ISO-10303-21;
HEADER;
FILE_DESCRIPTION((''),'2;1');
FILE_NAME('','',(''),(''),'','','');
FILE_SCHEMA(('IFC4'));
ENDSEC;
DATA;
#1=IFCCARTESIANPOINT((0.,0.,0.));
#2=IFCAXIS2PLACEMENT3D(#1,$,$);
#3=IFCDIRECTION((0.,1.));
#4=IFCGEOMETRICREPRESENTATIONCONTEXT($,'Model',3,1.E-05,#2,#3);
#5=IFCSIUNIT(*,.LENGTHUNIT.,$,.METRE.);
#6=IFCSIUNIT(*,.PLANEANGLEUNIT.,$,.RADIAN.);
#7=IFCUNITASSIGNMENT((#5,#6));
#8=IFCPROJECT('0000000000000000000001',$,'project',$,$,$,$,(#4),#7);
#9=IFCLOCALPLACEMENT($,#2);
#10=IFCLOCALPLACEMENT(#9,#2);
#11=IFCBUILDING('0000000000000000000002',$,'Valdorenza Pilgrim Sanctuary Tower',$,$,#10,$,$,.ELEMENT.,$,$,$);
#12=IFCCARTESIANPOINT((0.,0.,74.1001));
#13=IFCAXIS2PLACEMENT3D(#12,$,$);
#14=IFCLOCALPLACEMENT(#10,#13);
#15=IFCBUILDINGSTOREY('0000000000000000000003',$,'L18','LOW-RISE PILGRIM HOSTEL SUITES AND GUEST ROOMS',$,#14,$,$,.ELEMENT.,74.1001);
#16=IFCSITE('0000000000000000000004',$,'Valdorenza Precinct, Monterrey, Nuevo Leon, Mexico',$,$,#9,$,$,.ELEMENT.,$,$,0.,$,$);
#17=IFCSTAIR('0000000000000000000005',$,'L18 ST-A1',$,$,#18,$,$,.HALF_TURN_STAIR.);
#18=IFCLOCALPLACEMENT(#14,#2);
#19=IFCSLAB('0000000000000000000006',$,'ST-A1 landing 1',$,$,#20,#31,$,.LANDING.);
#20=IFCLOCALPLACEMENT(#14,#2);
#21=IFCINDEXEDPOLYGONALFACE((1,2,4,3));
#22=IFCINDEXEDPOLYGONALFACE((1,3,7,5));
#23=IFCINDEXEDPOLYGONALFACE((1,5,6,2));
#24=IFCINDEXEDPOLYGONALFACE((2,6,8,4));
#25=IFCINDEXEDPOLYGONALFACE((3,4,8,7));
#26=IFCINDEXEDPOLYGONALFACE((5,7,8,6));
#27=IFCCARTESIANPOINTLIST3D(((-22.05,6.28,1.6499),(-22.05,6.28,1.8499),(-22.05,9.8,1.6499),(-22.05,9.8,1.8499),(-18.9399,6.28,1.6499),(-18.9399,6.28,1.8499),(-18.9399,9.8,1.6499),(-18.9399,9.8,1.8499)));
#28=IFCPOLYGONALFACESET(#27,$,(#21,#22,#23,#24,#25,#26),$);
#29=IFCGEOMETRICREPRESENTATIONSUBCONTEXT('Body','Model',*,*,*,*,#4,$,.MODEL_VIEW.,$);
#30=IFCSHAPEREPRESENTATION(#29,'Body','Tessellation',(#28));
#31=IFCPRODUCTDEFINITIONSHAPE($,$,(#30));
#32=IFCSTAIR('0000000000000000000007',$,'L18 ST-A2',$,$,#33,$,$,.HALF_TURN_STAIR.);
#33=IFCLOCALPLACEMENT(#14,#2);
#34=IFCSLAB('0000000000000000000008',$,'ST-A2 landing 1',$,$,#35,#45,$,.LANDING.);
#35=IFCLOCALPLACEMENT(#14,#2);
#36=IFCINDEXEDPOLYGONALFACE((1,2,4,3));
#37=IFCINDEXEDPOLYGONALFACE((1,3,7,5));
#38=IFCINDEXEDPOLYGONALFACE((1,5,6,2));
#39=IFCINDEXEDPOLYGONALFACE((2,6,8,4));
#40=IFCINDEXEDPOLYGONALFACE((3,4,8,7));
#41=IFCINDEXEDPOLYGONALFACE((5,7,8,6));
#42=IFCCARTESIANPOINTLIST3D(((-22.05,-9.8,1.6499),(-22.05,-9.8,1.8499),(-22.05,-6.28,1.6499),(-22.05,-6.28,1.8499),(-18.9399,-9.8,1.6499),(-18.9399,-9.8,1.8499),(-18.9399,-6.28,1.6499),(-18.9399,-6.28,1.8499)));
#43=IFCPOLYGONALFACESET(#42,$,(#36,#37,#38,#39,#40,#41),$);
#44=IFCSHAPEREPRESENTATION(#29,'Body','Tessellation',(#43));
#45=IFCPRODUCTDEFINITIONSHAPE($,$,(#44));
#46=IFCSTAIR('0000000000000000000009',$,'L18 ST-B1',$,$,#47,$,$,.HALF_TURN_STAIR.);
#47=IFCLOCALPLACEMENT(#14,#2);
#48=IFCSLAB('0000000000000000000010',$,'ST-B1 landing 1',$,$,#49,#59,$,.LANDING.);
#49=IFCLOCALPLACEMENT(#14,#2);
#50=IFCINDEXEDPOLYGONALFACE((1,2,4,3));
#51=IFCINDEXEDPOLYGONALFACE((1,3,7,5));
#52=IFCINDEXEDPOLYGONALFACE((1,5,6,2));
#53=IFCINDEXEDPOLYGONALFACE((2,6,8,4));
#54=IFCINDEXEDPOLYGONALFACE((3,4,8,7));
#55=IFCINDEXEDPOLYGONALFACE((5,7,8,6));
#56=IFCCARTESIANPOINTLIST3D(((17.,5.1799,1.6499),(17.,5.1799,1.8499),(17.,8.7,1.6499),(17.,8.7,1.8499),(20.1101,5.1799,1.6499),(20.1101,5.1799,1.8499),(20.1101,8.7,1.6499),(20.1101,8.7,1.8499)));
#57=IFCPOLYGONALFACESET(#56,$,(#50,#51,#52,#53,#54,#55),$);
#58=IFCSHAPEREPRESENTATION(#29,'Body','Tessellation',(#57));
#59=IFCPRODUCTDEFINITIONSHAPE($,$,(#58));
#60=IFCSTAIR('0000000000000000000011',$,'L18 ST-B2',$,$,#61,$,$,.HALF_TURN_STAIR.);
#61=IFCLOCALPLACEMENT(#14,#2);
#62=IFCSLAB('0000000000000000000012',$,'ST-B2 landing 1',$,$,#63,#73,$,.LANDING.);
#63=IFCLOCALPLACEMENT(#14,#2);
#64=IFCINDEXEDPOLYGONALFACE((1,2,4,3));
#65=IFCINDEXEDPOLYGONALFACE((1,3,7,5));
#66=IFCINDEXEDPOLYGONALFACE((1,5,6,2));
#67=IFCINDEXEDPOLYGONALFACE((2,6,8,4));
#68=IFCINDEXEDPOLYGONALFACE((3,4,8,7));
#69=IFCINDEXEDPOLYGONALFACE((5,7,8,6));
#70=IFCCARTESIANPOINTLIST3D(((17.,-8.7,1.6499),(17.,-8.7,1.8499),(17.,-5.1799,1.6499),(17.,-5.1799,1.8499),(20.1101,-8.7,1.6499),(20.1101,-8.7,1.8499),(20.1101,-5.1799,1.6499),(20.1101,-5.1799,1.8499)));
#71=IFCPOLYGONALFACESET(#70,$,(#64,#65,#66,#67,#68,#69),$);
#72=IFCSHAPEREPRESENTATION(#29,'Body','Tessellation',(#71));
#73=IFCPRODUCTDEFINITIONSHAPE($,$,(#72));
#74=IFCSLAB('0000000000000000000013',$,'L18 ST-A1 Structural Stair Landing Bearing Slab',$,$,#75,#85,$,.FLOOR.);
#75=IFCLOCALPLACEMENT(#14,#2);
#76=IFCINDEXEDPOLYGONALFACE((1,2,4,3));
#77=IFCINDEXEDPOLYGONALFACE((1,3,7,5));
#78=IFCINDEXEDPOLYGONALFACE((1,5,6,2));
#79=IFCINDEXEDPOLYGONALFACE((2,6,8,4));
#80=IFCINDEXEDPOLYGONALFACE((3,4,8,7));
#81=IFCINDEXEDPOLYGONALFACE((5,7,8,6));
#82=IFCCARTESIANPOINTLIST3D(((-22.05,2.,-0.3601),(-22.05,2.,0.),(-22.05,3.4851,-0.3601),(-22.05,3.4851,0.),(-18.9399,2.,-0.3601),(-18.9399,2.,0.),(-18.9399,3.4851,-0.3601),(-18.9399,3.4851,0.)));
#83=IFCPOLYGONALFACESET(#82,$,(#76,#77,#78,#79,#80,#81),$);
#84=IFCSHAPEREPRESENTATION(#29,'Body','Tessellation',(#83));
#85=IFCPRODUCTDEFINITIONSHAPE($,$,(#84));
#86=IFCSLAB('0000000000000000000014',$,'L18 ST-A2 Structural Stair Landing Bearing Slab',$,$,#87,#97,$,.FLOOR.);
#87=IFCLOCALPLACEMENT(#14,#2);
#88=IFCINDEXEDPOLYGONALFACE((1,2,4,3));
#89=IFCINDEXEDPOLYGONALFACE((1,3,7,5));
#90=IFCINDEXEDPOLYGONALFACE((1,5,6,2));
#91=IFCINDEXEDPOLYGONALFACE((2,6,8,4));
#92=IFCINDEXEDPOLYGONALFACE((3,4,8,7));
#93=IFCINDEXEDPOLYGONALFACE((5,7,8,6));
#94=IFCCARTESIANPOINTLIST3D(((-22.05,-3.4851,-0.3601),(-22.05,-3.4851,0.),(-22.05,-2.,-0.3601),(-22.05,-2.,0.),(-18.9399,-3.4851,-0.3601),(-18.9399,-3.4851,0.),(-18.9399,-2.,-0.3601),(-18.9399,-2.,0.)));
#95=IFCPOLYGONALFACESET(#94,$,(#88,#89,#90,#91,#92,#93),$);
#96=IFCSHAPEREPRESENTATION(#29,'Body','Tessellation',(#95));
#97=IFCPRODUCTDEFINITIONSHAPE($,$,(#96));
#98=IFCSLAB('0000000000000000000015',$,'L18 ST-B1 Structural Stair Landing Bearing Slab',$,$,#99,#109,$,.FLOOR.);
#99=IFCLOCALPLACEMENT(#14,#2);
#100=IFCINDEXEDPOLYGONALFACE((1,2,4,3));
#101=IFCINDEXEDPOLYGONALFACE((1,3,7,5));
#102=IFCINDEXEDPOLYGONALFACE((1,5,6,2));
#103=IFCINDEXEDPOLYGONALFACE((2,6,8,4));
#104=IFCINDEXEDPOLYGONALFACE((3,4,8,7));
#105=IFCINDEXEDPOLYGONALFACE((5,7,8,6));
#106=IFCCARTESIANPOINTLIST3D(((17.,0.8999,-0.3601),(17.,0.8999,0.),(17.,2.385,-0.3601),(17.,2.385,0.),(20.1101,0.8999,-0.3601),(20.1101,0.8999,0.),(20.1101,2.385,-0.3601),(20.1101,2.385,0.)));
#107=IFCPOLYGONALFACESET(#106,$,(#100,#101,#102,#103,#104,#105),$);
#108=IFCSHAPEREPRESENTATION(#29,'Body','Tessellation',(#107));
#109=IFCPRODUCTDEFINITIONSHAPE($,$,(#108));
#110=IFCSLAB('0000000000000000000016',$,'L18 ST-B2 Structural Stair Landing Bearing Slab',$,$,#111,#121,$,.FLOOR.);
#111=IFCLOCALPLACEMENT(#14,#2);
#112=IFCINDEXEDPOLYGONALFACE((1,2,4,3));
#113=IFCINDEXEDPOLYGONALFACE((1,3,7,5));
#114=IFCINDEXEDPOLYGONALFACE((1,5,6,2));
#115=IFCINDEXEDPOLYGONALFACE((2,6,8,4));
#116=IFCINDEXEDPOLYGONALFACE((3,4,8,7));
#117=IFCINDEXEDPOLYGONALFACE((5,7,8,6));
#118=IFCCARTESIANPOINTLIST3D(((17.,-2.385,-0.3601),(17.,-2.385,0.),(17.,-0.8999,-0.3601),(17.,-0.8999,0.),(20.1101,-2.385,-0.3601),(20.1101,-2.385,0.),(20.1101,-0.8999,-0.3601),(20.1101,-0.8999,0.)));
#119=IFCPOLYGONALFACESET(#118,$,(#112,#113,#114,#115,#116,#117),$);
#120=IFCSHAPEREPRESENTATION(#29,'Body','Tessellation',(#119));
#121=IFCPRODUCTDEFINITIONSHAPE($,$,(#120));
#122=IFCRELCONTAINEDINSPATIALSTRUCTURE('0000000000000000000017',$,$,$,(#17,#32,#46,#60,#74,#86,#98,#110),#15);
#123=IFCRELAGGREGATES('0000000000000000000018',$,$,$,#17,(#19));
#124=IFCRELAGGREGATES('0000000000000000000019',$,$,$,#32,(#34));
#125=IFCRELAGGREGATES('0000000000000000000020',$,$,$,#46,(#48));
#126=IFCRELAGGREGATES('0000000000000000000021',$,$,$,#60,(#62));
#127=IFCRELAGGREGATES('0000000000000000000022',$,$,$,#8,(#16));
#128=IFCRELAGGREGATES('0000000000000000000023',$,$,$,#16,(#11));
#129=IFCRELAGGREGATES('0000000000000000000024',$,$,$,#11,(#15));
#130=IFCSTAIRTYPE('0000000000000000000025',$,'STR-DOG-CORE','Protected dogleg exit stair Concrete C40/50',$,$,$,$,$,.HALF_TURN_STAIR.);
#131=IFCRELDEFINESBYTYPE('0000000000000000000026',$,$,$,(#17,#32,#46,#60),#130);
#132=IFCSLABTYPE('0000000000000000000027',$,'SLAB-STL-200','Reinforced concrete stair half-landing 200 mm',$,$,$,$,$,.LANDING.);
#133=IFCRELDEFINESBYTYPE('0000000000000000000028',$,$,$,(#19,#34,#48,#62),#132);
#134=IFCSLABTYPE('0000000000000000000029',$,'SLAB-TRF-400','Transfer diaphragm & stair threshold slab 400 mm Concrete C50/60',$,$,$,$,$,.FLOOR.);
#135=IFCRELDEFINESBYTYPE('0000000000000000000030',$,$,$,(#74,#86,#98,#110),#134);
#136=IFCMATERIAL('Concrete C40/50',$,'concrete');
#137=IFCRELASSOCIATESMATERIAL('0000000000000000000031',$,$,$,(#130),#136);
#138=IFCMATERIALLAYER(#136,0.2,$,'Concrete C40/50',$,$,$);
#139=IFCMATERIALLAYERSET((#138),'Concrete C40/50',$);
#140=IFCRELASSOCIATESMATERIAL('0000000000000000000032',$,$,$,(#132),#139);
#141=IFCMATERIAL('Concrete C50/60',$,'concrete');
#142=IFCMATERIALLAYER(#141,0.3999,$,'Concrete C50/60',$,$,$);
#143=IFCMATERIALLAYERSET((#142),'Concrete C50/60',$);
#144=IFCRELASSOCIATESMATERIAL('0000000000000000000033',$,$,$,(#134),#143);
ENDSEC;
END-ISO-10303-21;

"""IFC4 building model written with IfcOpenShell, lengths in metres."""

from ifc_helpers import new_model, si_unit, direction, frame, origin, place, context, subcontext, project, spatial, polyline, outline, extrude, material, layer, layer_set, type_object, element, aggregate, save


model = new_model("IFC4")

# Units and contexts
model_context = context("Model", 3, precision=1e-05, world=origin(), true_north=direction((0.0, 1.0)))
body_context = subcontext(model_context, "Body", "Model", "MODEL_VIEW")
ifc_project = project(units=[si_unit("LENGTHUNIT", "METRE"), si_unit("PLANEANGLEUNIT", "RADIAN")], contexts=[model_context])

# Site, building, storey
site_placement = place(None, origin())
site = spatial("IfcSite", under=ifc_project, at=site_placement, Name="Valdorenza Precinct, Monterrey, Nuevo Leon, Mexico", CompositionType="ELEMENT", RefElevation=0.0)
building_placement = place(site_placement, origin())
building = spatial("IfcBuilding", under=site, at=building_placement, Name="Valdorenza Pilgrim Sanctuary Tower", CompositionType="ELEMENT")
storey_placement = place(building_placement, frame((0.0, 0.0, 74.1001)))
storey = spatial("IfcBuildingStorey", under=building, at=storey_placement, Name="L18", Description="LOW-RISE PILGRIM HOSTEL SUITES AND GUEST ROOMS", CompositionType="ELEMENT", Elevation=74.1001)

# Shared definitions
ifc_material_1 = material(Name="Concrete C40/50", Category="concrete")

# Stairs, slabs
stair_type = type_object("IfcStairType", Name="STR-DOG-CORE", Description="Protected dogleg exit stair Concrete C40/50", PredefinedType="HALF_TURN_STAIR", material=ifc_material_1)
stair_1_placement = place(storey_placement, origin())
stair_1 = element("IfcStair", 1, at=stair_1_placement, inside=storey, type_object=stair_type, Name="L18 ST-A1", PredefinedType="HALF_TURN_STAIR")
ifc_layer_1 = layer(ifc_material_1, 0.2, Name="Concrete C40/50")
ifc_layer_set_1 = layer_set([ifc_layer_1], Name="Concrete C40/50")
slab_type_1 = type_object("IfcSlabType", Name="SLAB-STL-200", Description="Reinforced concrete stair half-landing 200 mm", PredefinedType="LANDING", material=ifc_layer_set_1)
slab_1_placement = place(storey_placement, frame((0.0, 0.0, 1.6499)))
slab_1 = element("IfcSlab", 2, at=slab_1_placement, type_object=slab_type_1, Name="ST-A1 landing 1", PredefinedType="LANDING", context=body_context, shape_type="SweptSolid", body=[
    extrude(outline(polyline([(-18.9399, 6.28), (-18.9399, 9.8), (-22.05, 9.8), (-22.05, 6.28), (-18.9399, 6.28)])), origin(), (0.0, 0.0, 1.0), 0.2),
])
aggregate(stair_1, [slab_1])
stair_2_placement = place(storey_placement, origin())
stair_2 = element("IfcStair", 3, at=stair_2_placement, inside=storey, type_object=stair_type, Name="L18 ST-A2", PredefinedType="HALF_TURN_STAIR")
slab_2_placement = place(storey_placement, frame((0.0, 0.0, 1.6499)))
slab_2 = element("IfcSlab", 4, at=slab_2_placement, type_object=slab_type_1, Name="ST-A2 landing 1", PredefinedType="LANDING", context=body_context, shape_type="SweptSolid", body=[
    extrude(outline(polyline([(-22.05, -6.28), (-22.05, -9.8), (-18.9399, -9.8), (-18.9399, -6.28), (-22.05, -6.28)])), origin(), (0.0, 0.0, 1.0), 0.2),
])
aggregate(stair_2, [slab_2])
stair_3_placement = place(storey_placement, origin())
stair_3 = element("IfcStair", 5, at=stair_3_placement, inside=storey, type_object=stair_type, Name="L18 ST-B1", PredefinedType="HALF_TURN_STAIR")
slab_3_placement = place(storey_placement, frame((0.0, 0.0, 1.6499)))
slab_3 = element("IfcSlab", 6, at=slab_3_placement, type_object=slab_type_1, Name="ST-B1 landing 1", PredefinedType="LANDING", context=body_context, shape_type="SweptSolid", body=[
    extrude(outline(polyline([(20.1101, 5.1799), (20.1101, 8.7), (17.0, 8.7), (17.0, 5.1799), (20.1101, 5.1799)])), origin(), (0.0, 0.0, 1.0), 0.2),
])
aggregate(stair_3, [slab_3])
stair_4_placement = place(storey_placement, origin())
stair_4 = element("IfcStair", 7, at=stair_4_placement, inside=storey, type_object=stair_type, Name="L18 ST-B2", PredefinedType="HALF_TURN_STAIR")
slab_4_placement = place(storey_placement, frame((0.0, 0.0, 1.6499)))
slab_4 = element("IfcSlab", 8, at=slab_4_placement, type_object=slab_type_1, Name="ST-B2 landing 1", PredefinedType="LANDING", context=body_context, shape_type="SweptSolid", body=[
    extrude(outline(polyline([(17.0, -5.1799), (17.0, -8.7), (20.1101, -8.7), (20.1101, -5.1799), (17.0, -5.1799)])), origin(), (0.0, 0.0, 1.0), 0.2),
])
aggregate(stair_4, [slab_4])

# Slabs
ifc_material_2 = material(Name="Concrete C50/60", Category="concrete")
ifc_layer_2 = layer(ifc_material_2, 0.3999, Name="Concrete C50/60")
ifc_layer_set_2 = layer_set([ifc_layer_2], Name="Concrete C50/60")
slab_type_2 = type_object("IfcSlabType", Name="SLAB-TRF-400", Description="Transfer diaphragm & stair threshold slab 400 mm Concrete C50/60", PredefinedType="FLOOR", material=ifc_layer_set_2)
slab_5_placement = place(storey_placement, frame((0.0, 0.0, -0.3601)))
element("IfcSlab", 9, at=slab_5_placement, inside=storey, type_object=slab_type_2, Name="L18 ST-A1 Structural Stair Landing Bearing Slab", PredefinedType="FLOOR", context=body_context, shape_type="SweptSolid", body=[
    extrude(outline(polyline([(-22.05, 2.0), (-18.9399, 2.0), (-18.9399, 3.4851), (-22.05, 3.4851), (-22.05, 2.0)])), origin(), (0.0, 0.0, 1.0), 0.3601),
])
slab_6_placement = place(storey_placement, frame((0.0, 0.0, -0.3601)))
element("IfcSlab", 10, at=slab_6_placement, inside=storey, type_object=slab_type_2, Name="L18 ST-A2 Structural Stair Landing Bearing Slab", PredefinedType="FLOOR", context=body_context, shape_type="SweptSolid", body=[
    extrude(outline(polyline([(-22.05, -3.4851), (-18.9399, -3.4851), (-18.9399, -2.0), (-22.05, -2.0), (-22.05, -3.4851)])), origin(), (0.0, 0.0, 1.0), 0.3601),
])
slab_7_placement = place(storey_placement, frame((0.0, 0.0, -0.3601)))
element("IfcSlab", 11, at=slab_7_placement, inside=storey, type_object=slab_type_2, Name="L18 ST-B1 Structural Stair Landing Bearing Slab", PredefinedType="FLOOR", context=body_context, shape_type="SweptSolid", body=[
    extrude(outline(polyline([(17.0, 0.8999), (20.1101, 0.8999), (20.1101, 2.385), (17.0, 2.385), (17.0, 0.8999)])), origin(), (0.0, 0.0, 1.0), 0.3601),
])
slab_8_placement = place(storey_placement, frame((0.0, 0.0, -0.3601)))
element("IfcSlab", 12, at=slab_8_placement, inside=storey, type_object=slab_type_2, Name="L18 ST-B2 Structural Stair Landing Bearing Slab", PredefinedType="FLOOR", context=body_context, shape_type="SweptSolid", body=[
    extrude(outline(polyline([(17.0, -2.385), (20.1101, -2.385), (20.1101, -0.8999), (17.0, -0.8999), (17.0, -2.385)])), origin(), (0.0, 0.0, 1.0), 0.3601),
])

save(model, "model.ifc")
